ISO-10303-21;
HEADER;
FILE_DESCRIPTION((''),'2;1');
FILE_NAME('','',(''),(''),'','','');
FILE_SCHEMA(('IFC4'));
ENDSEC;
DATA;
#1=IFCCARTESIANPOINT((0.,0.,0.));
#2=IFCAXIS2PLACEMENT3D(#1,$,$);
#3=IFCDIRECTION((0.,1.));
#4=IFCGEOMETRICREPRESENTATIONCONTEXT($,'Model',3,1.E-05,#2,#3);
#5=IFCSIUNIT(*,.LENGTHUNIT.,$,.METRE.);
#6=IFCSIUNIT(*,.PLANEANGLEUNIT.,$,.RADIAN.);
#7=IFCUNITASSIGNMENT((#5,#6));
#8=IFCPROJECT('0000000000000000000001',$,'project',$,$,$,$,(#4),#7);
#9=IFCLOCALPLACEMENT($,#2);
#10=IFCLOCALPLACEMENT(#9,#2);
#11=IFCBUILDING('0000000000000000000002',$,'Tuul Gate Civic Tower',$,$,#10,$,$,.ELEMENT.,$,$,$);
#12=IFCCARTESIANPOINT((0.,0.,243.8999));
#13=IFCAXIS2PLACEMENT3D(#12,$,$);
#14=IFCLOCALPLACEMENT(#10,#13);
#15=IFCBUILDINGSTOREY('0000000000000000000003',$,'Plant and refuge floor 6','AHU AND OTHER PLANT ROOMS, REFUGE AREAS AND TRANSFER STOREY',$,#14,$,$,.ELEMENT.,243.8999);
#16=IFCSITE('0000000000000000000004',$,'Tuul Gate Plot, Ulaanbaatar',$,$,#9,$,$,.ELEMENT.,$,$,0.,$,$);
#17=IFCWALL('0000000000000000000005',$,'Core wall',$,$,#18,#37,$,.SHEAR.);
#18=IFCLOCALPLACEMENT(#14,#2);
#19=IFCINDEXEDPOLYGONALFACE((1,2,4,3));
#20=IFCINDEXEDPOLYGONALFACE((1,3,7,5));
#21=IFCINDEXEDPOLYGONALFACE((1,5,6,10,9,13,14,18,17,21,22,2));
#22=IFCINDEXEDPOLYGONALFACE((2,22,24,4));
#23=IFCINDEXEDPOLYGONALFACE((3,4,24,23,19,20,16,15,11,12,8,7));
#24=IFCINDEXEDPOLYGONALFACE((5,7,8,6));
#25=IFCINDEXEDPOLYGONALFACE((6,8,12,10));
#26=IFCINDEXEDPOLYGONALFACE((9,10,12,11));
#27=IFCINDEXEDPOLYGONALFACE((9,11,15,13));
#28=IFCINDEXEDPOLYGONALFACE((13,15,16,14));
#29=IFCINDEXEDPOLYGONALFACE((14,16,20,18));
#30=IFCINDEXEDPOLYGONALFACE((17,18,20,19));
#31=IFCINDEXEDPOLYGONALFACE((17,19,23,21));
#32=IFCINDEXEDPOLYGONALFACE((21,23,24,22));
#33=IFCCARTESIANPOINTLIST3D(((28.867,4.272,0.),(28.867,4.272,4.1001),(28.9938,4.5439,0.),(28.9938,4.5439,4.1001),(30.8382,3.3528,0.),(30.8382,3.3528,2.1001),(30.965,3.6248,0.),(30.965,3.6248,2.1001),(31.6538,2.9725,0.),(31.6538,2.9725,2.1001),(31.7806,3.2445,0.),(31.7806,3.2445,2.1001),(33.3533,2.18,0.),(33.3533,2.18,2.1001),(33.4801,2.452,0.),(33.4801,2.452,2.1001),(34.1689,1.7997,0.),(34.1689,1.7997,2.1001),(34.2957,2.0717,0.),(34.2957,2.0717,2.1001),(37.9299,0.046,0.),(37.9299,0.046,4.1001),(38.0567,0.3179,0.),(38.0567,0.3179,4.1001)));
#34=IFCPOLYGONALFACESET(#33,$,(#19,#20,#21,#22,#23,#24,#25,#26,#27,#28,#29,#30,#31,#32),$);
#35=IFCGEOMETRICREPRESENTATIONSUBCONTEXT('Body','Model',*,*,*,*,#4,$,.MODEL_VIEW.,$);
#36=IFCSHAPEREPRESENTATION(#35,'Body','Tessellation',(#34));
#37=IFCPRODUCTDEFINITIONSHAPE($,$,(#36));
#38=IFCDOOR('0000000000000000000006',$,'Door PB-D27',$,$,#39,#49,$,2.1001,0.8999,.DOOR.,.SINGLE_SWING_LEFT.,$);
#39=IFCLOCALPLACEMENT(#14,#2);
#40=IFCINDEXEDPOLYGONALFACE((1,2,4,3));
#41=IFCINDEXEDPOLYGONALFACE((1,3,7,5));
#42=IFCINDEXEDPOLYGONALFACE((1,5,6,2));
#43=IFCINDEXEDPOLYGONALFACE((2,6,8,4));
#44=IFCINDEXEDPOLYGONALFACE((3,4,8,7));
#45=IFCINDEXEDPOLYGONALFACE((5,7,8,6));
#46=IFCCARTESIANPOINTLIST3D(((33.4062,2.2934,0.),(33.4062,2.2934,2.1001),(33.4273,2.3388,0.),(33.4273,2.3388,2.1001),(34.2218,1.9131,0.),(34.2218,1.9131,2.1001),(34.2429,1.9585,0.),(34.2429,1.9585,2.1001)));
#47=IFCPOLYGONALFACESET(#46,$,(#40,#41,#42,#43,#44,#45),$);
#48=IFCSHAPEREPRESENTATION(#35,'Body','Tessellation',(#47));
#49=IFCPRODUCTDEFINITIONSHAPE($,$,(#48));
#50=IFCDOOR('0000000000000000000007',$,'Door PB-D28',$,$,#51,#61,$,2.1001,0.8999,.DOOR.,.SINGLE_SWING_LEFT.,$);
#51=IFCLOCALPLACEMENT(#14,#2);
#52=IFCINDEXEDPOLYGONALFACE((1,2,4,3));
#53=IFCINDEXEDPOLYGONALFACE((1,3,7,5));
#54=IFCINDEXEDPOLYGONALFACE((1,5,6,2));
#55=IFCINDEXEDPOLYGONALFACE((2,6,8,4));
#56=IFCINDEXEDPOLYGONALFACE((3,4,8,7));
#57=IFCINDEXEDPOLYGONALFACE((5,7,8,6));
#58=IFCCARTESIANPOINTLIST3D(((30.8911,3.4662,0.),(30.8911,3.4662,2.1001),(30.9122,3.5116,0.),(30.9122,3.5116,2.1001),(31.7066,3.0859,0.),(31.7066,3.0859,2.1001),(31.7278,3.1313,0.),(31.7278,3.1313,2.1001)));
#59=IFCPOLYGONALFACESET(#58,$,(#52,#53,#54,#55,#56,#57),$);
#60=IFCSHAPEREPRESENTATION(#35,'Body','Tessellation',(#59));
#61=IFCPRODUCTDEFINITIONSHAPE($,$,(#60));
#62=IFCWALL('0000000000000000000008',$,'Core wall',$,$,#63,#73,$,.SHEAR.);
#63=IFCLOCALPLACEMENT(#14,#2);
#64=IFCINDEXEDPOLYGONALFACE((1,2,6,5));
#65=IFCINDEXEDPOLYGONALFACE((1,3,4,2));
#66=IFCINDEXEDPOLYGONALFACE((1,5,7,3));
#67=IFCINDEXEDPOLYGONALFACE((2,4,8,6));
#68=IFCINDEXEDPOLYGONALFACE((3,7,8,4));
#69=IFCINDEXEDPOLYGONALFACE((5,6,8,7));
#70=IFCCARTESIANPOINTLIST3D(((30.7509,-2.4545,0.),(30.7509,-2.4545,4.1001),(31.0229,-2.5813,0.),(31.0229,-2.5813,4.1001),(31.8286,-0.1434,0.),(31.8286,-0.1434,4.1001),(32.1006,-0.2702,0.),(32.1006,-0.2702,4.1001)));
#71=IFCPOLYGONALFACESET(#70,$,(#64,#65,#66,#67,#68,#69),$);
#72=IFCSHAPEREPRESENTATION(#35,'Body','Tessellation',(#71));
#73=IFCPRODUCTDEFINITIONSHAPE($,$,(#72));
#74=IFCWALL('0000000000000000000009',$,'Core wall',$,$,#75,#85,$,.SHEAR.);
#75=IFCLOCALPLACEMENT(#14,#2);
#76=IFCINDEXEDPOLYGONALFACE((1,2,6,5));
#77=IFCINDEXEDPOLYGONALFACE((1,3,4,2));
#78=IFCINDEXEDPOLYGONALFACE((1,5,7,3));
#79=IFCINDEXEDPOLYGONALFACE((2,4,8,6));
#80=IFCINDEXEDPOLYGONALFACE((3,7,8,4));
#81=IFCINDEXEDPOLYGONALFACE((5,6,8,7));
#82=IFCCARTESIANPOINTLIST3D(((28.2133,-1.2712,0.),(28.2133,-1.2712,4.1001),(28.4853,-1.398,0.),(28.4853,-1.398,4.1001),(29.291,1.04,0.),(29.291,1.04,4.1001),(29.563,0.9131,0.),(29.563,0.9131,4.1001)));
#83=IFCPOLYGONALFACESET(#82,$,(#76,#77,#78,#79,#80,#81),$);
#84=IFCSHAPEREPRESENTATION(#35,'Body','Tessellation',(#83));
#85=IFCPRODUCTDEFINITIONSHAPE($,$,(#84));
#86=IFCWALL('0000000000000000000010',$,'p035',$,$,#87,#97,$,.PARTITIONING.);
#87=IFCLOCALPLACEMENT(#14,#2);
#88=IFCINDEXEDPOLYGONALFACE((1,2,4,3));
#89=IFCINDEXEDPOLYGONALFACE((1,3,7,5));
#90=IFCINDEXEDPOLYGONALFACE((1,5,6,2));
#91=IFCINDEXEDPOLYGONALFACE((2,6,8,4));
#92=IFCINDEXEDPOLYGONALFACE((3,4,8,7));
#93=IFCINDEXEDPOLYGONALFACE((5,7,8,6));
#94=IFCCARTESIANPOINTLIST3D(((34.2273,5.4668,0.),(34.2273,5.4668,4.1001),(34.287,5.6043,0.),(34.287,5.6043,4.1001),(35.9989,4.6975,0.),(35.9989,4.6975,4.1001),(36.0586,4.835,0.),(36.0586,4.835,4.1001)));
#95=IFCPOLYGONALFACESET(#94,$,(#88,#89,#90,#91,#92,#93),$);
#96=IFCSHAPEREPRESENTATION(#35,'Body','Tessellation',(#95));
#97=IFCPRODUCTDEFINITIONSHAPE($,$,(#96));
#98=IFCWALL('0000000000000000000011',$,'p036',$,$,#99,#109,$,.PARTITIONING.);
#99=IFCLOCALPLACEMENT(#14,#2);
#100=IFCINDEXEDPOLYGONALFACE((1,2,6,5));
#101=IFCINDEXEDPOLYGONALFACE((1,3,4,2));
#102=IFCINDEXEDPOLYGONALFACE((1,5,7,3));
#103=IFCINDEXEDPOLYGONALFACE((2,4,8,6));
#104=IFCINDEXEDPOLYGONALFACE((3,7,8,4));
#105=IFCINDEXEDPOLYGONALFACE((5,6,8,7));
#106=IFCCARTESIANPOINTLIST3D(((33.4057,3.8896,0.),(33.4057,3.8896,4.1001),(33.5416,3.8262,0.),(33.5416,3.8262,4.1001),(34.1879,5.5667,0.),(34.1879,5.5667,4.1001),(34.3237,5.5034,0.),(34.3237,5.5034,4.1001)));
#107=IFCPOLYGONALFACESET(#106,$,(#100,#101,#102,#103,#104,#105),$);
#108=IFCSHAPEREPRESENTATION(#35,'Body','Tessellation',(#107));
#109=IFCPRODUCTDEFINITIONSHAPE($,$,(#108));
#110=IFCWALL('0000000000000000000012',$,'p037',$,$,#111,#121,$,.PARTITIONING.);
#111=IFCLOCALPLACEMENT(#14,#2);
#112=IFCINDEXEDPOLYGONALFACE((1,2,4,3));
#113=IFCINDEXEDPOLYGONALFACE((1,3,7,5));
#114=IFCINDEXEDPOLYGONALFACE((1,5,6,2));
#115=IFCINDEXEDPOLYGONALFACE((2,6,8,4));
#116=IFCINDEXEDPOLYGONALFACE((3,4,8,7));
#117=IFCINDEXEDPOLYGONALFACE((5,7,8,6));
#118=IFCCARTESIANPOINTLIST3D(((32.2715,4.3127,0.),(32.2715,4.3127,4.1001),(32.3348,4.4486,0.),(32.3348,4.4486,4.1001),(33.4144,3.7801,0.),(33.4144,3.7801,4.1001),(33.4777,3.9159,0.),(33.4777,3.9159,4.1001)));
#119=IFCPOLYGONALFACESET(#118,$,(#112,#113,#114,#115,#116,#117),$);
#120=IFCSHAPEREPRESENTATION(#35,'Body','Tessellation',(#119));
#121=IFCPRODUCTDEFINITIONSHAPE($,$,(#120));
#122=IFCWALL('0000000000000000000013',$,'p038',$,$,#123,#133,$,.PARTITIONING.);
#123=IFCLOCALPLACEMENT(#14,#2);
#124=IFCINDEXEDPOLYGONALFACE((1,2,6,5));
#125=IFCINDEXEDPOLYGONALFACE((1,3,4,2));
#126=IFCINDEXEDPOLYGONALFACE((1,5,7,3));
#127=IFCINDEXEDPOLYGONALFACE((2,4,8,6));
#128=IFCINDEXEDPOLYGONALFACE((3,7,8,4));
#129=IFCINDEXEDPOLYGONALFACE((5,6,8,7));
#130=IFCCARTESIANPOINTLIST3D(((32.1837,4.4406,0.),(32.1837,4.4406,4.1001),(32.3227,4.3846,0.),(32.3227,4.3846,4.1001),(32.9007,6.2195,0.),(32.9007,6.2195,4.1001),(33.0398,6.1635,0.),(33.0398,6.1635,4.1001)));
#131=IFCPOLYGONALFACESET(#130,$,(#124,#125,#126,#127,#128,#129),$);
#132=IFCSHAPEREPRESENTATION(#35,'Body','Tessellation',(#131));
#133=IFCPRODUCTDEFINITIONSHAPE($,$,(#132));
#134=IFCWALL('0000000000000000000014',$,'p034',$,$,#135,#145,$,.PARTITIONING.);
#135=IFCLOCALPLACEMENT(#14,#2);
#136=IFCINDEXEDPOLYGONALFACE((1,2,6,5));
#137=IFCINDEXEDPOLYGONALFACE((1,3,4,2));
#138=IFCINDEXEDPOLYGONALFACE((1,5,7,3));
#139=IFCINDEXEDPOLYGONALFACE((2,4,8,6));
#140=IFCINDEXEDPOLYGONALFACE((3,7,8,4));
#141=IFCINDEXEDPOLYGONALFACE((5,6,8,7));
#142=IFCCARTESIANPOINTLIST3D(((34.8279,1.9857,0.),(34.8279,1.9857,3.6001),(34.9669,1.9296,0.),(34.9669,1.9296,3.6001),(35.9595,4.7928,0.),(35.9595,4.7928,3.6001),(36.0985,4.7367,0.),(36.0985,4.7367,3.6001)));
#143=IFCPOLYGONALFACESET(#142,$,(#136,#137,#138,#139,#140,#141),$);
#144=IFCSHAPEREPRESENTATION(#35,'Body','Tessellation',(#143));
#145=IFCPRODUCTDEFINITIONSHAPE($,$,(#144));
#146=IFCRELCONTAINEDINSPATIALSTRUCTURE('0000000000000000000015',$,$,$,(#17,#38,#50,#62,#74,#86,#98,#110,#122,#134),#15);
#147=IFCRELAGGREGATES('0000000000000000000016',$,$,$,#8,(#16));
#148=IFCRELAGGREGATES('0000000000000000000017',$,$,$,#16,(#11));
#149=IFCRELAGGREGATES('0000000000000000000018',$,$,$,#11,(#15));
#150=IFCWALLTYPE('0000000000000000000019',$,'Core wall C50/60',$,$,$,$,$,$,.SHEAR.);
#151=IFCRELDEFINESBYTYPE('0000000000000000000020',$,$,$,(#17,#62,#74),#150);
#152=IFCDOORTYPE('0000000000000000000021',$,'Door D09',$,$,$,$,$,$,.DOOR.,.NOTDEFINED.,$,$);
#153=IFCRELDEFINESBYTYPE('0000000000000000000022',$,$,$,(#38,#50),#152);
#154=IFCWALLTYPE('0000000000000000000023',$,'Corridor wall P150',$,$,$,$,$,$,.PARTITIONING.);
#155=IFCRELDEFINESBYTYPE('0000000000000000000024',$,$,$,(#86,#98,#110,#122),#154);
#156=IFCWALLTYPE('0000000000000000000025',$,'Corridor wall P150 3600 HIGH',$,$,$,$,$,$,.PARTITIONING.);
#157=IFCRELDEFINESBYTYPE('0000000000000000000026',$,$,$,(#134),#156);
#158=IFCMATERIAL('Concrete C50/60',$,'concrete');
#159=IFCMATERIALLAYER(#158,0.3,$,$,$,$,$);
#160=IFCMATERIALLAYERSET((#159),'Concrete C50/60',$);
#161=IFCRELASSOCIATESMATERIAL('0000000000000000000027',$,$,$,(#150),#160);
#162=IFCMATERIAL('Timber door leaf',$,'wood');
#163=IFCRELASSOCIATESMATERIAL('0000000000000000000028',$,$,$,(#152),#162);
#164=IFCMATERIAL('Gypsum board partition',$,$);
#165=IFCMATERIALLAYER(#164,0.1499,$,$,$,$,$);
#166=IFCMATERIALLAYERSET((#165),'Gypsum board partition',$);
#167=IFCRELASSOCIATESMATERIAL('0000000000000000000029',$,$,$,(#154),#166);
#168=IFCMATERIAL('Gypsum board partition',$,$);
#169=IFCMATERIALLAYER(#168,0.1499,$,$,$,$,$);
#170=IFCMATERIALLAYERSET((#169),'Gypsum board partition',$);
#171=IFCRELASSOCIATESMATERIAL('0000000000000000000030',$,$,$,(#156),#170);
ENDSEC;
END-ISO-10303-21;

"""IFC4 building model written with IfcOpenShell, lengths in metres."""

from ifc_helpers import new_model, si_unit, direction, frame, frame_2d, origin, place, context, subcontext, project, spatial, rectangle, extrude, material, layer, layer_set, type_object, element, fill, save


model = new_model("IFC4")

# Units and contexts
model_context = context("Model", 3, precision=1e-05, world=origin(), true_north=direction((0.0, 1.0)))
body_context = subcontext(model_context, "Body", "Model", "MODEL_VIEW")
ifc_project = project(units=[si_unit("LENGTHUNIT", "METRE"), si_unit("PLANEANGLEUNIT", "RADIAN")], contexts=[model_context])

# Site, building, storey
site_placement = place(None, origin())
site = spatial("IfcSite", under=ifc_project, at=site_placement, Name="Tuul Gate Plot, Ulaanbaatar", CompositionType="ELEMENT", RefElevation=0.0)
building_placement = place(site_placement, origin())
building = spatial("IfcBuilding", under=site, at=building_placement, Name="Tuul Gate Civic Tower", CompositionType="ELEMENT")
storey_placement = place(building_placement, frame((0.0, 0.0, 243.8999)))
storey = spatial("IfcBuildingStorey", under=building, at=storey_placement, Name="Plant and refuge floor 6", Description="AHU AND OTHER PLANT ROOMS, REFUGE AREAS AND TRANSFER STOREY", CompositionType="ELEMENT", Elevation=243.8999)

# Shared definitions
ifc_material_1 = material(Name="Concrete C50/60", Category="concrete")
ifc_layer_1 = layer(ifc_material_1, 0.3)
ifc_layer_set_1 = layer_set([ifc_layer_1], Name="Concrete C50/60")
wall_type_1 = type_object("IfcWallType", Name="Core wall C50/60", PredefinedType="SHEAR", material=ifc_layer_set_1)

# Wall, openings, doors
wall_1_placement = place(storey_placement, frame((37.9934, 0.1819, 0.0), z_axis=(0.0, 0.0, 1.0), x_axis=(-0.90631, 0.422613, 0.0)))
wall_1 = element("IfcWall", 1, at=wall_1_placement, inside=storey, type_object=wall_type_1, Name="Core wall", PredefinedType="SHEAR", context=body_context, shape_type="SweptSolid", body=[
    extrude(rectangle(XDim=9.9998, YDim=0.3, at=frame_2d((5.0, 0.0))), origin(), (0.0, 0.0, 1.0), 4.1001),
])
opening_1_placement = place(wall_1_placement, frame((4.1499, 0.0, 0.0)))
opening_1 = element("IfcOpeningElement", 2, at=opening_1_placement, cuts=wall_1, PredefinedType="OPENING", context=body_context, shape_type="SweptSolid", body=[
    extrude(rectangle(XDim=0.8999, YDim=2.1001, at=frame_2d((0.45, 1.05))), frame((0.0, 0.1602, 0.0), z_axis=(0.0, -1.0, 0.0), x_axis=(1.0, 0.0, 0.0)), (0.0, 0.0, 1.0), 0.3201),
])
opening_2_placement = place(wall_1_placement, frame((6.925, 0.0, 0.0)))
opening_2 = element("IfcOpeningElement", 3, at=opening_2_placement, cuts=wall_1, PredefinedType="OPENING", context=body_context, shape_type="SweptSolid", body=[
    extrude(rectangle(XDim=0.8999, YDim=2.1001, at=frame_2d((0.45, 1.05))), frame((0.0, 0.1602, 0.0), z_axis=(0.0, -1.0, 0.0), x_axis=(1.0, 0.0, 0.0)), (0.0, 0.0, 1.0), 0.3201),
])
ifc_material_2 = material(Name="Timber door leaf", Category="wood")
door_type_1 = type_object("IfcDoorType", Name="Door D09", OperationType="NOTDEFINED", PredefinedType="DOOR", material=ifc_material_2)
door_1_placement = place(opening_1_placement, origin())
door_1 = element("IfcDoor", 4, at=door_1_placement, inside=storey, type_object=door_type_1, Name="Door PB-D27", OperationType="SINGLE_SWING_LEFT", OverallHeight=2.1001, OverallWidth=0.8999, PredefinedType="DOOR", context=body_context, shape_type="SweptSolid", body=[
    extrude(rectangle(XDim=0.8999, YDim=2.1001, at=frame_2d((0.45, 1.05))), frame((0.0, 0.0249, 0.0), z_axis=(0.0, -1.0, 0.0), x_axis=(1.0, 0.0, 0.0)), (0.0, 0.0, 1.0), 0.05),
])
fill(opening_1, door_1)
door_2_placement = place(opening_2_placement, origin())
door_2 = element("IfcDoor", 5, at=door_2_placement, inside=storey, type_object=door_type_1, Name="Door PB-D28", OperationType="SINGLE_SWING_LEFT", OverallHeight=2.1001, OverallWidth=0.8999, PredefinedType="DOOR", context=body_context, shape_type="SweptSolid", body=[
    extrude(rectangle(XDim=0.8999, YDim=2.1001, at=frame_2d((0.45, 1.05))), frame((0.0, 0.0249, 0.0), z_axis=(0.0, -1.0, 0.0), x_axis=(1.0, 0.0, 0.0)), (0.0, 0.0, 1.0), 0.05),
])
fill(opening_2, door_2)

# Walls
for number, where, z_axis, x_axis, name in (
    (6, (30.887, -2.5178, 0.0), (0.0, 0.0, 1.0), (0.422613, 0.90631, 0.0), "Core wall"),
    (7, (28.3494, -1.3345, 0.0), (0.0, 0.0, 1.0), (0.422613, 0.90631, 0.0), "Core wall"),
):
    element("IfcWall", number, at=place(storey_placement, frame(where, z_axis=z_axis, x_axis=x_axis)), inside=storey, type_object=wall_type_1, Name=name, PredefinedType="SHEAR", context=body_context, shape_type="SweptSolid", body=[
        extrude(rectangle(XDim=2.55, YDim=0.3, at=frame_2d((1.2749, 0.0))), origin(), (0.0, 0.0, 1.0), 4.1001),
    ])
ifc_material_3 = material(Name="Gypsum board partition")
ifc_layer_2 = layer(ifc_material_3, 0.1499)
ifc_layer_set_2 = layer_set([ifc_layer_2], Name="Gypsum board partition")
wall_type_2 = type_object("IfcWallType", Name="Corridor wall P150", PredefinedType="PARTITIONING", material=ifc_layer_set_2)
wall_2_placement = place(storey_placement, frame((34.2571, 5.5356, 0.0), z_axis=(0.0, 0.0, 1.0), x_axis=(0.917245, -0.398324, 0.0)))
element("IfcWall", 8, at=wall_2_placement, inside=storey, type_object=wall_type_2, Name="p035", PredefinedType="PARTITIONING", context=body_context, shape_type="SweptSolid", body=[
    extrude(rectangle(XDim=1.9314, YDim=0.1499, at=frame_2d((0.9658, 0.0))), origin(), (0.0, 0.0, 1.0), 4.1001),
])
wall_3_placement = place(storey_placement, frame((33.4736, 3.8579, 0.0), z_axis=(0.0, 0.0, 1.0), x_axis=(0.422669, 0.906284, 0.0)))
element("IfcWall", 9, at=wall_3_placement, inside=storey, type_object=wall_type_2, Name="p036", PredefinedType="PARTITIONING", context=body_context, shape_type="SweptSolid", body=[
    extrude(rectangle(XDim=1.8506, YDim=0.1499, at=frame_2d((0.9253, 0.0))), origin(), (0.0, 0.0, 1.0), 4.1001),
])
wall_4_placement = place(storey_placement, frame((32.3032, 4.3806, 0.0), z_axis=(0.0, 0.0, 1.0), x_axis=(0.906401, -0.422419, 0.0)))
element("IfcWall", 10, at=wall_4_placement, inside=storey, type_object=wall_type_2, Name="p037", PredefinedType="PARTITIONING", context=body_context, shape_type="SweptSolid", body=[
    extrude(rectangle(XDim=1.261, YDim=0.1499, at=frame_2d((0.6304, 0.0))), origin(), (0.0, 0.0, 1.0), 4.1001),
])
wall_5_placement = place(storey_placement, frame((32.2532, 4.4126, 0.0), z_axis=(0.0, 0.0, 1.0), x_axis=(0.373869, 0.927481, 0.0)))
element("IfcWall", 11, at=wall_5_placement, inside=storey, type_object=wall_type_2, Name="p038", PredefinedType="PARTITIONING", context=body_context, shape_type="SweptSolid", body=[
    extrude(rectangle(XDim=1.918, YDim=0.1499, at=frame_2d((0.959, 0.0))), origin(), (0.0, 0.0, 1.0), 4.1001),
])
ifc_material_4 = material(Name="Gypsum board partition")
ifc_layer_3 = layer(ifc_material_4, 0.1499)
ifc_layer_set_3 = layer_set([ifc_layer_3], Name="Gypsum board partition")
wall_type_3 = type_object("IfcWallType", Name="Corridor wall P150 3600 HIGH", PredefinedType="PARTITIONING", material=ifc_layer_set_3)
wall_6_placement = place(storey_placement, frame((34.8975, 1.9578, 0.0), z_axis=(0.0, 0.0, 1.0), x_axis=(0.373879, 0.927478, 0.0)))
element("IfcWall", 12, at=wall_6_placement, inside=storey, type_object=wall_type_3, Name="p034", PredefinedType="PARTITIONING", context=body_context, shape_type="SweptSolid", body=[
    extrude(rectangle(XDim=3.0266, YDim=0.1499, at=frame_2d((1.5132, 0.0))), origin(), (0.0, 0.0, 1.0), 3.6001),
])

save(model, "model.ifc")
